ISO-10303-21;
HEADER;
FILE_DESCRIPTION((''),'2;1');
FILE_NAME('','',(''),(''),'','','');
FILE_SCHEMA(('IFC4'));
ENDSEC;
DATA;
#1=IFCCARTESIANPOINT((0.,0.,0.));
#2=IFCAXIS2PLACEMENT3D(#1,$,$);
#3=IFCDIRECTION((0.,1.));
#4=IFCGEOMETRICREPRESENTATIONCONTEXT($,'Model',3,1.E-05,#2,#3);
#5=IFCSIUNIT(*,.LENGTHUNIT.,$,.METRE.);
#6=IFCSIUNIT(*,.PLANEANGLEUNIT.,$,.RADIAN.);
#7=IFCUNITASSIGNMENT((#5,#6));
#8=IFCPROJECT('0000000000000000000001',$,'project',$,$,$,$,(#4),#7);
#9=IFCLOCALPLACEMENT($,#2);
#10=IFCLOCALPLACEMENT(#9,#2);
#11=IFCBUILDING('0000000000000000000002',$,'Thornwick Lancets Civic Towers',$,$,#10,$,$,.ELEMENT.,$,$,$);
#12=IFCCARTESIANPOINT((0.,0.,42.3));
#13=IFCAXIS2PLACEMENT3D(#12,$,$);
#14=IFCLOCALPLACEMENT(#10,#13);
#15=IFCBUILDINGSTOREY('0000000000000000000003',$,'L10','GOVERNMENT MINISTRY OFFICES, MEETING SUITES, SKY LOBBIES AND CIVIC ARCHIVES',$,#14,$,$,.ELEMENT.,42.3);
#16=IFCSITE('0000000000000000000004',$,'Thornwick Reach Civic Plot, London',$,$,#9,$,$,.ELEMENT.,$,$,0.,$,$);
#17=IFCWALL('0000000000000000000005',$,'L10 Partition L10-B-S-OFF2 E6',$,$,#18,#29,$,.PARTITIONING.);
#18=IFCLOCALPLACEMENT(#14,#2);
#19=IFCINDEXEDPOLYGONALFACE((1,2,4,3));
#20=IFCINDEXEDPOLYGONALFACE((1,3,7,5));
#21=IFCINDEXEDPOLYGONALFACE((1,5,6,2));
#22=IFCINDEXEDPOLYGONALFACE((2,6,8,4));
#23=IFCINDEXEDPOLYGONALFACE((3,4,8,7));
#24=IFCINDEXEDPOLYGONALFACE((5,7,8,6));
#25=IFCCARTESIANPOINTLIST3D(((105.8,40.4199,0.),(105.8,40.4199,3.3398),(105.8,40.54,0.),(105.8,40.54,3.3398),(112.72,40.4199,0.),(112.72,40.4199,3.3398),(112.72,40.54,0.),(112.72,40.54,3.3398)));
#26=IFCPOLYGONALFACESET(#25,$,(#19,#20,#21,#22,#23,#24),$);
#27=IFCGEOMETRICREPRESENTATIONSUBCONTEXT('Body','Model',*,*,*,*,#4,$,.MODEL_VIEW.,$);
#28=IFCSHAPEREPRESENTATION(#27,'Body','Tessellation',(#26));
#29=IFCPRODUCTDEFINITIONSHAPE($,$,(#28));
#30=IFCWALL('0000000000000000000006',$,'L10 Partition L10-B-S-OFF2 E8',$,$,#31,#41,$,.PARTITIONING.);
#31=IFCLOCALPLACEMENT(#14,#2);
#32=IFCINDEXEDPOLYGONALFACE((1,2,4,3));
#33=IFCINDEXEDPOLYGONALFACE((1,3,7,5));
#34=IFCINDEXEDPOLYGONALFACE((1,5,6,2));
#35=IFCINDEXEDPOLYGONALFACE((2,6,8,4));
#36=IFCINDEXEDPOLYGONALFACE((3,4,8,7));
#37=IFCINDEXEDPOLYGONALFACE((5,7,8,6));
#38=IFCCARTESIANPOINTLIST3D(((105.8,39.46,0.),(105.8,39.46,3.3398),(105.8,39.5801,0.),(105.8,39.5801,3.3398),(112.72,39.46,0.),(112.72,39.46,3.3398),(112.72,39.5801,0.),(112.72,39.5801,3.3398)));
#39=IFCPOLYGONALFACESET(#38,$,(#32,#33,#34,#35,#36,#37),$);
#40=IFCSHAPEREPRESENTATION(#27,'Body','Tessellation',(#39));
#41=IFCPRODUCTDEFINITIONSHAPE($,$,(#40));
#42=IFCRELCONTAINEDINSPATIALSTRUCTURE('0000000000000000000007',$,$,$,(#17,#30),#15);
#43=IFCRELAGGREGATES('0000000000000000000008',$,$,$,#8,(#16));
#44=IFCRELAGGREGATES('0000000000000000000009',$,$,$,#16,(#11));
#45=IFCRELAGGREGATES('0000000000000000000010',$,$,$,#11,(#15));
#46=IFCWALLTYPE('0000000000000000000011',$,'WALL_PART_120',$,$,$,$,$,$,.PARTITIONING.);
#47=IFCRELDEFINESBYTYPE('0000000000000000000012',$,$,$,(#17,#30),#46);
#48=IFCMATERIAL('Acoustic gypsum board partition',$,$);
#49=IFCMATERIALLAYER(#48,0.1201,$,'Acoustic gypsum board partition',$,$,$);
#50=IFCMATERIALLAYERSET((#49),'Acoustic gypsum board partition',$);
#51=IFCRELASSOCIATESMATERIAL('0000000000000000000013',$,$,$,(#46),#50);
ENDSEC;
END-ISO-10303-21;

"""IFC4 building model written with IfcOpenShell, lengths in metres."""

from ifc_helpers import new_model, si_unit, direction, frame, frame_2d, origin, place, context, subcontext, project, spatial, rectangle, extrude, material, layer, layer_set, type_object, element, save


model = new_model("IFC4")

# Units and contexts
model_context = context("Model", 3, precision=1e-05, world=origin(), true_north=direction((0.0, 1.0)))
body_context = subcontext(model_context, "Body", "Model", "MODEL_VIEW")
ifc_project = project(units=[si_unit("LENGTHUNIT", "METRE"), si_unit("PLANEANGLEUNIT", "RADIAN")], contexts=[model_context])

# Site, building, storey
site_placement = place(None, origin())
site = spatial("IfcSite", under=ifc_project, at=site_placement, Name="Thornwick Reach Civic Plot, London", CompositionType="ELEMENT", RefElevation=0.0)
building_placement = place(site_placement, origin())
building = spatial("IfcBuilding", under=site, at=building_placement, Name="Thornwick Lancets Civic Towers", CompositionType="ELEMENT")
storey_placement = place(building_placement, frame((0.0, 0.0, 42.3)))
storey = spatial("IfcBuildingStorey", under=building, at=storey_placement, Name="L10", Description="GOVERNMENT MINISTRY OFFICES, MEETING SUITES, SKY LOBBIES AND CIVIC ARCHIVES", CompositionType="ELEMENT", Elevation=42.3)

# Walls
ifc_material_1 = material(Name="Acoustic gypsum board partition")
ifc_layer_1 = layer(ifc_material_1, 0.1201, Name="Acoustic gypsum board partition")
ifc_layer_set_1 = layer_set([ifc_layer_1], Name="Acoustic gypsum board partition")
wall_type_1 = type_object("IfcWallType", Name="WALL_PART_120", PredefinedType="PARTITIONING", material=ifc_layer_set_1)
for number, where, z_axis, x_axis, name in (
    (1, (112.72, 40.48, 0.0), (0.0, 0.0, 1.0), (-1.0, 0.0, 0.0), "L10 Partition L10-B-S-OFF2 E6"),
    (2, (105.8, 39.52, 0.0), (0.0, 0.0, 1.0), (1.0, 0.0, 0.0), "L10 Partition L10-B-S-OFF2 E8"),
):
    element("IfcWall", number, at=place(storey_placement, frame(where, z_axis=z_axis, x_axis=x_axis)), inside=storey, type_object=wall_type_1, Name=name, PredefinedType="PARTITIONING", context=body_context, shape_type="SweptSolid", body=[
        extrude(rectangle(XDim=6.9199, YDim=0.1201, at=frame_2d((3.46, 0.0))), origin(), (0.0, 0.0, 1.0), 3.3398),
    ])

save(model, "model.ifc")
